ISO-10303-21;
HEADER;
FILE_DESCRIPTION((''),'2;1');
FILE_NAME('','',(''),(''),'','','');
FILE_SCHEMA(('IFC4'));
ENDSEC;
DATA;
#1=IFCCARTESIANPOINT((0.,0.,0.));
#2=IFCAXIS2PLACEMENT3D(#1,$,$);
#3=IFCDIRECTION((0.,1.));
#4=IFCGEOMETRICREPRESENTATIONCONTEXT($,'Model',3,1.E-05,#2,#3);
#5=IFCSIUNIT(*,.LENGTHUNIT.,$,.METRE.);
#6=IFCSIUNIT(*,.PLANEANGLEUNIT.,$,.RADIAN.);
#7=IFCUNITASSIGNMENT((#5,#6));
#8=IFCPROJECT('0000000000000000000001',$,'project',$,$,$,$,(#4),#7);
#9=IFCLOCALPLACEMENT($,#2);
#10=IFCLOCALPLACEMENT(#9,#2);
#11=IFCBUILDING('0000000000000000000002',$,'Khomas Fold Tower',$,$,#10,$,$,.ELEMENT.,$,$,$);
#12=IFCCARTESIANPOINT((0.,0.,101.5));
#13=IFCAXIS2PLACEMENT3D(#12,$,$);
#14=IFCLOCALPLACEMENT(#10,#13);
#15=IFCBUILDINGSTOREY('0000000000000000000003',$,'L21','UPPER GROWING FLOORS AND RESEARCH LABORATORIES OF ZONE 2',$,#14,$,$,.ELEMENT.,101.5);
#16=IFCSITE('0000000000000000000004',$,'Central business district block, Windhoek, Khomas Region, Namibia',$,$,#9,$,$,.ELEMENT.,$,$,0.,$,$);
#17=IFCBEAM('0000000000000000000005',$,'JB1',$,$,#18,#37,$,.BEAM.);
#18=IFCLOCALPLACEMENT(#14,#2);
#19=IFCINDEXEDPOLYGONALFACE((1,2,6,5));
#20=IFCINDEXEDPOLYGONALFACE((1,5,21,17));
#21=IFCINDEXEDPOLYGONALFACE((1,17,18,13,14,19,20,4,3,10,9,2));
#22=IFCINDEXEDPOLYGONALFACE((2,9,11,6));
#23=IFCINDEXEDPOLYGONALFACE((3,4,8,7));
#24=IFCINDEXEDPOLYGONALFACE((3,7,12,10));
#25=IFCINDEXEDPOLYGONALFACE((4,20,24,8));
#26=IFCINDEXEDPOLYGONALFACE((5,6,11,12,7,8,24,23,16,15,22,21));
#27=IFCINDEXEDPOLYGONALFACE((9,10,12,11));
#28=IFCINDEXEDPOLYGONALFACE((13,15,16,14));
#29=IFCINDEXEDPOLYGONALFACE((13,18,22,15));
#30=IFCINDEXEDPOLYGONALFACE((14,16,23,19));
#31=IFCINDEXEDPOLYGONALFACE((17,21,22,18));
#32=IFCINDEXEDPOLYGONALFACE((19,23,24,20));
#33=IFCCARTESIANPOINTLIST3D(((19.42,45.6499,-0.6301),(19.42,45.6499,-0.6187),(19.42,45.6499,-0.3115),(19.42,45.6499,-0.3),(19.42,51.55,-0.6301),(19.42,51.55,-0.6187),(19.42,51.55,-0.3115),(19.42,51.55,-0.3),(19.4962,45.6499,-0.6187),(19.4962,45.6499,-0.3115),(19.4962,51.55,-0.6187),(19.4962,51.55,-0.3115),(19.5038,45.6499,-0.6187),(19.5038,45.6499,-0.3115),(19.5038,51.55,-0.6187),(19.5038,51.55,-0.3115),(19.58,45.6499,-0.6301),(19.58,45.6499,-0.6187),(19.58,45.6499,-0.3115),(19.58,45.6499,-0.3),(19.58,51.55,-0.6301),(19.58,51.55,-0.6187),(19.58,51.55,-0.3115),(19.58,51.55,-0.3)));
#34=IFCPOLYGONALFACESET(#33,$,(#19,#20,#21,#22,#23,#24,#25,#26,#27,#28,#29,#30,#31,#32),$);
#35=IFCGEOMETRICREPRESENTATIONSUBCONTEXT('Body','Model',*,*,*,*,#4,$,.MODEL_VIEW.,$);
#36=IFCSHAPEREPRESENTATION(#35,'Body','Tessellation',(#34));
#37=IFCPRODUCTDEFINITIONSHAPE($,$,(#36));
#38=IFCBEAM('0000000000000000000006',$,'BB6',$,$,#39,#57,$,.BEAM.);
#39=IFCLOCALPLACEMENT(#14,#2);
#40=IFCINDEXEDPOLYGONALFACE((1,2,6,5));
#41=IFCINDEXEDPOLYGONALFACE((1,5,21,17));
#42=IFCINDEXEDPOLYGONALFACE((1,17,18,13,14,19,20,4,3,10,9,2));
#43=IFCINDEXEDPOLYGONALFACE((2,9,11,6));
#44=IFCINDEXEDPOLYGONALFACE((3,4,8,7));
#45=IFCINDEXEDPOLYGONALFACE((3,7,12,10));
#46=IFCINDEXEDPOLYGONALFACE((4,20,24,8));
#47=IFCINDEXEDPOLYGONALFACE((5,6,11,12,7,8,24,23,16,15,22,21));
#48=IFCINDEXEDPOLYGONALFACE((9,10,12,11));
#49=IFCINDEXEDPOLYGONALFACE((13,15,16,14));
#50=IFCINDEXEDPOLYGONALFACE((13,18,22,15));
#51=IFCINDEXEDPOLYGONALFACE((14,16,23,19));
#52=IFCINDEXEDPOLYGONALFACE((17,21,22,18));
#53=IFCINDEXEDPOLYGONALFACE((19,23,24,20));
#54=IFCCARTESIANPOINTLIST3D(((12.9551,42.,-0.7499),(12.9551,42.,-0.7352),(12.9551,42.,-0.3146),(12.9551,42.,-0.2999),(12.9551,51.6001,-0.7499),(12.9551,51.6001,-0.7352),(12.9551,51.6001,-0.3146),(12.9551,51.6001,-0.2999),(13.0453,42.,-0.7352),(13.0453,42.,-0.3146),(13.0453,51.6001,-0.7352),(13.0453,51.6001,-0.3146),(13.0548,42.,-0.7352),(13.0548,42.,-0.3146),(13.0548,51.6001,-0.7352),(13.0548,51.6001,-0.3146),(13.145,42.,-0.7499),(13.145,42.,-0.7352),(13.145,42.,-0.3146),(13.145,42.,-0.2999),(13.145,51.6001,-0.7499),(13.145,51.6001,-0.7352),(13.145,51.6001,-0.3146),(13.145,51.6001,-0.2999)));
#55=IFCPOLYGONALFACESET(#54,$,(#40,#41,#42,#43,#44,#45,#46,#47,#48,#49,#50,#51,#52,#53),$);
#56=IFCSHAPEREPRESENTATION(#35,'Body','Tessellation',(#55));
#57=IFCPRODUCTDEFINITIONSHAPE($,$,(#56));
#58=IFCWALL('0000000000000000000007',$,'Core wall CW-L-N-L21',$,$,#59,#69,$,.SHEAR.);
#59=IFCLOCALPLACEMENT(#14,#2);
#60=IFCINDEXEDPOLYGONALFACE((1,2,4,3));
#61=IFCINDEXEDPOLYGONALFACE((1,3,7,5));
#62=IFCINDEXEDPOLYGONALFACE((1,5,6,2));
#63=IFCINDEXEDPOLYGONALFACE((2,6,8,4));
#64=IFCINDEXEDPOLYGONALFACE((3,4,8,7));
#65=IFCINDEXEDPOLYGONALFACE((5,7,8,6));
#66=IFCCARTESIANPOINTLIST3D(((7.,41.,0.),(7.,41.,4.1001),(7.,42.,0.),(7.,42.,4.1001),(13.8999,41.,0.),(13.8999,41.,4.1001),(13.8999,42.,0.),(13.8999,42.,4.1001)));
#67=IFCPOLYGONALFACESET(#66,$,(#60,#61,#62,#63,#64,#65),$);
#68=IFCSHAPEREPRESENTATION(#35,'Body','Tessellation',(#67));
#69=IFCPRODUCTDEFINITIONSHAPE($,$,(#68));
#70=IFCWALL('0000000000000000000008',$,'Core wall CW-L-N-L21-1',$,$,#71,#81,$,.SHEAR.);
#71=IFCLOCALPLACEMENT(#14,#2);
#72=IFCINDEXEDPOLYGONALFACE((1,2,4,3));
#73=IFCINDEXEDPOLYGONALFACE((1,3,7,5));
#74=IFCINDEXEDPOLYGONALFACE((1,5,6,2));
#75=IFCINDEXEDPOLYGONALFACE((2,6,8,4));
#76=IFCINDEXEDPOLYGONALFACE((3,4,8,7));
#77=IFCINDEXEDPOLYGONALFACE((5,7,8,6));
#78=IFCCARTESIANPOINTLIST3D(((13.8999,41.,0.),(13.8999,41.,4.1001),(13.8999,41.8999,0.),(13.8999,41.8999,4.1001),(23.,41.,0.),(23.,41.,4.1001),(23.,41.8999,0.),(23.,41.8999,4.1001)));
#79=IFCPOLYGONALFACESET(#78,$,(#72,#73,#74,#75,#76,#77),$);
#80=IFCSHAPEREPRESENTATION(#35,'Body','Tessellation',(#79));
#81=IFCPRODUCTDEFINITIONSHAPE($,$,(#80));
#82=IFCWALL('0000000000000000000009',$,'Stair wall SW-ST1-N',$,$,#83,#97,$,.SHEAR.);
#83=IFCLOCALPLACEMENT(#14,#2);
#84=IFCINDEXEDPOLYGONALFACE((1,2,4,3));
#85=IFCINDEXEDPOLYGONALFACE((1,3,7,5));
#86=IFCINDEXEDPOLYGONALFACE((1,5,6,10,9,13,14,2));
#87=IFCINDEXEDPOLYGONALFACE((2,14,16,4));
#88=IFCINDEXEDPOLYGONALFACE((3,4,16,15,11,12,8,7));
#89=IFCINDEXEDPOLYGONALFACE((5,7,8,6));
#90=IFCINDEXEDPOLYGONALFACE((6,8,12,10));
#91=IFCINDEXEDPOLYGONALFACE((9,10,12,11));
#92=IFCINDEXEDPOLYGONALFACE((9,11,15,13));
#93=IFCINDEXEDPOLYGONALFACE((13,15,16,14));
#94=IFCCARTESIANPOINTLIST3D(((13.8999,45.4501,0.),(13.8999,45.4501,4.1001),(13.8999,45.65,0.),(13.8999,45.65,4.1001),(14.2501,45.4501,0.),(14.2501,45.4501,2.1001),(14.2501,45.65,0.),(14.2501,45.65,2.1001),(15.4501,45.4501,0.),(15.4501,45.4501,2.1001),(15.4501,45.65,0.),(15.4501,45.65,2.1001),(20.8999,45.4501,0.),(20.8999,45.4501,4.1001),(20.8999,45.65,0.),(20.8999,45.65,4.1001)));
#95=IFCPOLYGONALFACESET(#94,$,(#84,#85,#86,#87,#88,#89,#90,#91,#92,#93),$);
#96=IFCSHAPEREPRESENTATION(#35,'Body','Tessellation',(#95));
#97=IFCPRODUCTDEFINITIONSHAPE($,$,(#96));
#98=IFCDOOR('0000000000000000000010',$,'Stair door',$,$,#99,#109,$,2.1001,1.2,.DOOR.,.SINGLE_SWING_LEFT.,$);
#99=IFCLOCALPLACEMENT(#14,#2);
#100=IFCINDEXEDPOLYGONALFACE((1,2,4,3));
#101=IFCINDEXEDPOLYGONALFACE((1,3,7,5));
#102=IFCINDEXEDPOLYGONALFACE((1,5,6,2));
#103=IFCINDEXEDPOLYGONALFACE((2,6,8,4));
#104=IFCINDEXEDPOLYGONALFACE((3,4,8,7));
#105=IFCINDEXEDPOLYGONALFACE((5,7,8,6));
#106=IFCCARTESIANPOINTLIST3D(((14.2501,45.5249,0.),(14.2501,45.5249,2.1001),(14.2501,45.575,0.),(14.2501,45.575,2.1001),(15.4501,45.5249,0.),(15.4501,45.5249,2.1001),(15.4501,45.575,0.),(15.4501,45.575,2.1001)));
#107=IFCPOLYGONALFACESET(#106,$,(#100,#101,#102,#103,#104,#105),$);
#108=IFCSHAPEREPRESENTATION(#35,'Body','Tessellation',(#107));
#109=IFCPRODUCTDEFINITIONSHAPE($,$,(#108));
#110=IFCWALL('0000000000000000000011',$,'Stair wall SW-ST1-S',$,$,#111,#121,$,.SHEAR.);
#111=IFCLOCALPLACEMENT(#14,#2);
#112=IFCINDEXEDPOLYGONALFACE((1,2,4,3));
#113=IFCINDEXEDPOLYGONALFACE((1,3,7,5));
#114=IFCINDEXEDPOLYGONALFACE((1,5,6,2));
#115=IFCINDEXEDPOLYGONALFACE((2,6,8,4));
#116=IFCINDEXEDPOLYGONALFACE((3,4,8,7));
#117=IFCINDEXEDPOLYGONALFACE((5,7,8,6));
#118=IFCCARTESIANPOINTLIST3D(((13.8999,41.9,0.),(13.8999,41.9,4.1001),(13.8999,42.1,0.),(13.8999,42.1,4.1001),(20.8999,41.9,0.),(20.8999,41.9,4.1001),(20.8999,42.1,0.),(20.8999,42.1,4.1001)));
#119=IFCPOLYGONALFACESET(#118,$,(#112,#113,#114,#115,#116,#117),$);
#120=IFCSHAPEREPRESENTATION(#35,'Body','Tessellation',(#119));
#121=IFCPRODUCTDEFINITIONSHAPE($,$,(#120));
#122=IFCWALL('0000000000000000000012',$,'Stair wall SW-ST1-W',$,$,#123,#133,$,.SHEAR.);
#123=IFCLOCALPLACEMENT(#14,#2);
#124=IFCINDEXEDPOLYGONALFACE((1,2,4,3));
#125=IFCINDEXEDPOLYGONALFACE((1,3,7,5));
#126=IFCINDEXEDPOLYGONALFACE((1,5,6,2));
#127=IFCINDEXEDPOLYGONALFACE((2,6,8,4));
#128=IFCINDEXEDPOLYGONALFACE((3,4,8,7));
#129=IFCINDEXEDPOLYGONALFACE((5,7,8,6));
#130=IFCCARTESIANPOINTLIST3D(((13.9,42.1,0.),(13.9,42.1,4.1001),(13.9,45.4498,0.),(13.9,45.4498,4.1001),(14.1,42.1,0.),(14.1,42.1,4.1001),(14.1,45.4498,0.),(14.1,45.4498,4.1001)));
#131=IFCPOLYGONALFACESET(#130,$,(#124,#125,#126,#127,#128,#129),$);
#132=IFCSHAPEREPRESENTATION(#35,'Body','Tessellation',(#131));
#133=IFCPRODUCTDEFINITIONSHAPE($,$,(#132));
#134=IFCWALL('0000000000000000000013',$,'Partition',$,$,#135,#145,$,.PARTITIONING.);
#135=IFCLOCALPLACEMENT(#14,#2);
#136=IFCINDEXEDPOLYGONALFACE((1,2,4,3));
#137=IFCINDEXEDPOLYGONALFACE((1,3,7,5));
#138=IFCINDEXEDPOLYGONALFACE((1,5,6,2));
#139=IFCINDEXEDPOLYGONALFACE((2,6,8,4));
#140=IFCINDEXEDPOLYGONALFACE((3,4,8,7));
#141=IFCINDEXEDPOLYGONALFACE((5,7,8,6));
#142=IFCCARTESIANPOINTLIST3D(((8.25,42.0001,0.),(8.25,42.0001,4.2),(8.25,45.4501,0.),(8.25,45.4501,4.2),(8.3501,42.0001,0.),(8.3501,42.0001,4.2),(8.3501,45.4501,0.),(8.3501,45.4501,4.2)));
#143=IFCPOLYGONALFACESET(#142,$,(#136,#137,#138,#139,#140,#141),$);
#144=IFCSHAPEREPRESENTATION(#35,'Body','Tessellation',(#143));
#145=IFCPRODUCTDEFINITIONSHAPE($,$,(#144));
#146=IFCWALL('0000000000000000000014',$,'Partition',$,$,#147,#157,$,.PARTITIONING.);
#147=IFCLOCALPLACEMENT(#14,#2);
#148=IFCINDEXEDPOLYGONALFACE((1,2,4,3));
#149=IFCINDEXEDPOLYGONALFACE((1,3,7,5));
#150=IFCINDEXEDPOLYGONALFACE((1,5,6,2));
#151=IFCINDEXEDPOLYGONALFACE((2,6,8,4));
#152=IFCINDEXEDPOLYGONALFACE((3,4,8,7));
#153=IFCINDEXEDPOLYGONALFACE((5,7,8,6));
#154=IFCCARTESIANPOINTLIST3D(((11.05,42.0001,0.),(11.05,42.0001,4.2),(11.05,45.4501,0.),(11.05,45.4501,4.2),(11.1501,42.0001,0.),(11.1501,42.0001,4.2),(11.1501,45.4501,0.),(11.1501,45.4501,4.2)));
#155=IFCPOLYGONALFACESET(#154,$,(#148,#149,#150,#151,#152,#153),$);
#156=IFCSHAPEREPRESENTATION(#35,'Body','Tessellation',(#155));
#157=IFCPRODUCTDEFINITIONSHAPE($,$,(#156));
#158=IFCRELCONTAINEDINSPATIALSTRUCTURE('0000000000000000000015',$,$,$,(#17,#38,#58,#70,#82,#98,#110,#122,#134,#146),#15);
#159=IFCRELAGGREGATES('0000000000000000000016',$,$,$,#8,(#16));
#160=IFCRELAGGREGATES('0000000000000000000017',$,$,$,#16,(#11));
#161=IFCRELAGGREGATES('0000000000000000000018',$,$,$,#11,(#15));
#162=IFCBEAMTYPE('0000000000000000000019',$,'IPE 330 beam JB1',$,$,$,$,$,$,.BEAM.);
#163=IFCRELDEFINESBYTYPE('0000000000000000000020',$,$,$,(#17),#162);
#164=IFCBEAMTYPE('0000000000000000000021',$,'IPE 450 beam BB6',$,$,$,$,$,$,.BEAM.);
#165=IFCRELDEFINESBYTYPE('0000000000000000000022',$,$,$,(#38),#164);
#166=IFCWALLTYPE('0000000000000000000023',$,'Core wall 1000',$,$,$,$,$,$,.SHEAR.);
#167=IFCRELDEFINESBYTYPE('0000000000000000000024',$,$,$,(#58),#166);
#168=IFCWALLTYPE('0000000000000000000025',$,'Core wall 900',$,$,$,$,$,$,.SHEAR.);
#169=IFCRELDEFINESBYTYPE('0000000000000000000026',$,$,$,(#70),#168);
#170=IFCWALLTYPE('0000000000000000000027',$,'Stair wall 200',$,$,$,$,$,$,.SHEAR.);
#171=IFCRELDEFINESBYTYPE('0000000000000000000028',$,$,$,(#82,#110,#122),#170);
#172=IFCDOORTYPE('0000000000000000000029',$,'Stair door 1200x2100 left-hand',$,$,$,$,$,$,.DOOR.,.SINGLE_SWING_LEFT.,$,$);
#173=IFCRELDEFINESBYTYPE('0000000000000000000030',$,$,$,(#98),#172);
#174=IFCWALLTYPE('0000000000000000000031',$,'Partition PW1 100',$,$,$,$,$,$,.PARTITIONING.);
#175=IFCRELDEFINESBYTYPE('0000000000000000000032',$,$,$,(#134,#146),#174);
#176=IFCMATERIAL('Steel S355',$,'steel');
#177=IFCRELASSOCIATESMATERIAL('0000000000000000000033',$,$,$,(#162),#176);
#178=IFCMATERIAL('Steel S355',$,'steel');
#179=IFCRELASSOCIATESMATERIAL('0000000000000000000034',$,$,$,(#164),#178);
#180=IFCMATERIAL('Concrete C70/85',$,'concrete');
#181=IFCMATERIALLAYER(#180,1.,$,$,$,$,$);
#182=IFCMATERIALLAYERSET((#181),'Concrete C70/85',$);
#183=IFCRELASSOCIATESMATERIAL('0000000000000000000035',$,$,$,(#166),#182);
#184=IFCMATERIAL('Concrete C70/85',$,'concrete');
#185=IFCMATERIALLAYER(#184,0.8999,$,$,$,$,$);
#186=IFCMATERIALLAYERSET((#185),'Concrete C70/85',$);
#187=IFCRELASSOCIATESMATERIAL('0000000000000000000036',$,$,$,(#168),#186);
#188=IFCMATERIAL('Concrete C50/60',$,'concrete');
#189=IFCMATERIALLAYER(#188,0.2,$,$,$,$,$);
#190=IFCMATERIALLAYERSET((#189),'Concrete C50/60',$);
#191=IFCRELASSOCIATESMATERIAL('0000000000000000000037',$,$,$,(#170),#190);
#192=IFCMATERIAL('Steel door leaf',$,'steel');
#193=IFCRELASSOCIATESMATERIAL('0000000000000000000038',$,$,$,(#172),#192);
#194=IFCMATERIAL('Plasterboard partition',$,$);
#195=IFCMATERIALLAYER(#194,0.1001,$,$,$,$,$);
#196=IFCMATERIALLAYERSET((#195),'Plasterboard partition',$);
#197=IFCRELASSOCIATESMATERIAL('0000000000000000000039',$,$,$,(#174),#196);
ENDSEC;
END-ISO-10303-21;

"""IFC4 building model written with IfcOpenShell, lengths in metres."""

from ifc_helpers import new_model, si_unit, direction, frame, frame_2d, origin, origin_2d, place, context, subcontext, project, spatial, rectangle, i_section, extrude, source, transform, mapped, material, layer, layer_set, material_profile, profile_set, type_object, element, fill, save


model = new_model("IFC4")

# Units and contexts
model_context = context("Model", 3, precision=1e-05, world=origin(), true_north=direction((0.0, 1.0)))
body_context = subcontext(model_context, "Body", "Model", "MODEL_VIEW")
ifc_project = project(units=[si_unit("LENGTHUNIT", "METRE"), si_unit("PLANEANGLEUNIT", "RADIAN")], contexts=[model_context])

# Site, building, storey
site_placement = place(None, origin())
site = spatial("IfcSite", under=ifc_project, at=site_placement, Name="Central business district block, Windhoek, Khomas Region, Namibia", CompositionType="ELEMENT", RefElevation=0.0)
building_placement = place(site_placement, origin())
building = spatial("IfcBuilding", under=site, at=building_placement, Name="Khomas Fold Tower", CompositionType="ELEMENT")
storey_placement = place(building_placement, frame((0.0, 0.0, 101.5)))
storey = spatial("IfcBuildingStorey", under=building, at=storey_placement, Name="L21", Description="UPPER GROWING FLOORS AND RESEARCH LABORATORIES OF ZONE 2", CompositionType="ELEMENT", Elevation=101.5)

# Beams
ifc_material_1 = material(Name="Steel S355", Category="steel")
ifc_material_profile_1 = material_profile(ifc_material_1, i_section(OverallWidth=0.1599, OverallDepth=0.3301, WebThickness=0.0076, FlangeThickness=0.0115, at=origin_2d()), Name="IPE 330")
ifc_profile_set_1 = profile_set([ifc_material_profile_1], Name="Steel S355")
beam_type_1 = type_object("IfcBeamType", Name="IPE 330 beam JB1", PredefinedType="BEAM", material=ifc_profile_set_1)
shared_shape_1 = source(origin(), body_context, "Body", "SweptSolid", [
    extrude(i_section(OverallWidth=0.1599, OverallDepth=0.3301, WebThickness=0.0076, FlangeThickness=0.0115, at=origin_2d()), origin(), (0.0, 0.0, 1.0), 5.9001),
])
beam_1_placement = place(storey_placement, frame((19.5, 45.6499, -0.4651), z_axis=(0.0, 1.0, 0.0), x_axis=(-1.0, 0.0, 0.0)))
element("IfcBeam", 1, at=beam_1_placement, inside=storey, type_object=beam_type_1, Name="JB1", PredefinedType="BEAM", context=body_context, shape_type="MappedRepresentation", body=[
    mapped(shared_shape_1, transform((0.0, 0.0, 0.0))),
])
ifc_material_2 = material(Name="Steel S355", Category="steel")
ifc_material_profile_2 = material_profile(ifc_material_2, i_section(OverallWidth=0.1899, OverallDepth=0.45, WebThickness=0.0095, FlangeThickness=0.0146, at=origin_2d()), Name="IPE 450")
ifc_profile_set_2 = profile_set([ifc_material_profile_2], Name="Steel S355")
beam_type_2 = type_object("IfcBeamType", Name="IPE 450 beam BB6", PredefinedType="BEAM", material=ifc_profile_set_2)
shared_shape_2 = source(origin(), body_context, "Body", "SweptSolid", [
    extrude(i_section(OverallWidth=0.1899, OverallDepth=0.45, WebThickness=0.0095, FlangeThickness=0.0146, at=origin_2d()), origin(), (0.0, 0.0, 1.0), 9.6001),
])
beam_2_placement = place(storey_placement, frame((13.05, 42.0, -0.5249), z_axis=(0.0, 1.0, 0.0), x_axis=(-1.0, 0.0, 0.0)))
element("IfcBeam", 2, at=beam_2_placement, inside=storey, type_object=beam_type_2, Name="BB6", PredefinedType="BEAM", context=body_context, shape_type="MappedRepresentation", body=[
    mapped(shared_shape_2, transform((0.0, 0.0, 0.0))),
])

# Walls
ifc_material_3 = material(Name="Concrete C70/85", Category="concrete")
ifc_layer_1 = layer(ifc_material_3, 1.0)
ifc_layer_set_1 = layer_set([ifc_layer_1], Name="Concrete C70/85")
wall_type_1 = type_object("IfcWallType", Name="Core wall 1000", PredefinedType="SHEAR", material=ifc_layer_set_1)
shared_shape_3 = source(origin(), body_context, "Body", "SweptSolid", [
    extrude(rectangle(XDim=6.8999, YDim=1.0, at=frame_2d((3.45, 0.0))), origin(), (0.0, 0.0, 1.0), 4.1001),
])
wall_1_placement = place(storey_placement, frame((7.0, 41.5, 0.0), z_axis=(0.0, 0.0, 1.0), x_axis=(1.0, 0.0, 0.0)))
element("IfcWall", 3, at=wall_1_placement, inside=storey, type_object=wall_type_1, Name="Core wall CW-L-N-L21", PredefinedType="SHEAR", context=body_context, shape_type="MappedRepresentation", body=[
    mapped(shared_shape_3, transform((0.0, 0.0, 0.0))),
])
ifc_material_4 = material(Name="Concrete C70/85", Category="concrete")
ifc_layer_2 = layer(ifc_material_4, 0.8999)
ifc_layer_set_2 = layer_set([ifc_layer_2], Name="Concrete C70/85")
wall_type_2 = type_object("IfcWallType", Name="Core wall 900", PredefinedType="SHEAR", material=ifc_layer_set_2)
shared_shape_4 = source(origin(), body_context, "Body", "SweptSolid", [
    extrude(rectangle(XDim=9.1001, YDim=0.8999, at=frame_2d((4.55, 0.0))), origin(), (0.0, 0.0, 1.0), 4.1001),
])
wall_2_placement = place(storey_placement, frame((13.8999, 41.45, 0.0), z_axis=(0.0, 0.0, 1.0), x_axis=(1.0, 0.0, 0.0)))
element("IfcWall", 4, at=wall_2_placement, inside=storey, type_object=wall_type_2, Name="Core wall CW-L-N-L21-1", PredefinedType="SHEAR", context=body_context, shape_type="MappedRepresentation", body=[
    mapped(shared_shape_4, transform((0.0, 0.0, 0.0))),
])

# Wall, opening, door
ifc_material_5 = material(Name="Concrete C50/60", Category="concrete")
ifc_layer_3 = layer(ifc_material_5, 0.2)
ifc_layer_set_3 = layer_set([ifc_layer_3], Name="Concrete C50/60")
wall_type_3 = type_object("IfcWallType", Name="Stair wall 200", PredefinedType="SHEAR", material=ifc_layer_set_3)
shared_shape_5 = source(origin(), body_context, "Body", "SweptSolid", [
    extrude(rectangle(XDim=7.0, YDim=0.2, at=frame_2d((3.5, 0.0))), origin(), (0.0, 0.0, 1.0), 4.1001),
])
wall_3_placement = place(storey_placement, frame((13.8999, 45.55, 0.0), z_axis=(0.0, 0.0, 1.0), x_axis=(1.0, 0.0, 0.0)))
wall_3 = element("IfcWall", 5, at=wall_3_placement, inside=storey, type_object=wall_type_3, Name="Stair wall SW-ST1-N", PredefinedType="SHEAR", context=body_context, shape_type="MappedRepresentation", body=[
    mapped(shared_shape_5, transform((0.0, 0.0, 0.0))),
])
shared_shape_6 = source(origin(), body_context, "Body", "SweptSolid", [
    extrude(rectangle(XDim=1.2, YDim=2.1001, at=frame_2d((0.6001, 1.05))), frame((0.0, 0.1099, 0.0), z_axis=(0.0, -1.0, 0.0), x_axis=(1.0, 0.0, 0.0)), (0.0, 0.0, 1.0), 0.22),
])
opening_placement = place(wall_3_placement, frame((0.3501, 0.0, 0.0)))
opening = element("IfcOpeningElement", 6, at=opening_placement, cuts=wall_3, PredefinedType="OPENING", context=body_context, shape_type="MappedRepresentation", body=[
    mapped(shared_shape_6, transform((0.0, 0.0, 0.0))),
])
ifc_material_6 = material(Name="Steel door leaf", Category="steel")
door_type = type_object("IfcDoorType", Name="Stair door 1200x2100 left-hand", OperationType="SINGLE_SWING_LEFT", PredefinedType="DOOR", material=ifc_material_6)
shared_shape_7 = source(origin(), body_context, "Body", "SweptSolid", [
    extrude(rectangle(XDim=1.2, YDim=2.1001, at=frame_2d((0.6001, 1.05))), frame((0.0, 0.0249, 0.0), z_axis=(0.0, -1.0, 0.0), x_axis=(1.0, 0.0, 0.0)), (0.0, 0.0, 1.0), 0.05),
])
door_placement = place(opening_placement, origin())
door = element("IfcDoor", 7, at=door_placement, inside=storey, type_object=door_type, Name="Stair door", OperationType="SINGLE_SWING_LEFT", OverallHeight=2.1001, OverallWidth=1.2, PredefinedType="DOOR", context=body_context, shape_type="MappedRepresentation", body=[
    mapped(shared_shape_7, transform((0.0, 0.0, 0.0))),
])
fill(opening, door)

# Walls
wall_4_placement = place(storey_placement, frame((13.8999, 42.0, 0.0), z_axis=(0.0, 0.0, 1.0), x_axis=(1.0, 0.0, 0.0)))
element("IfcWall", 8, at=wall_4_placement, inside=storey, type_object=wall_type_3, Name="Stair wall SW-ST1-S", PredefinedType="SHEAR", context=body_context, shape_type="MappedRepresentation", body=[
    mapped(shared_shape_5, transform((0.0, 0.0, 0.0))),
])
shared_shape_8 = source(origin(), body_context, "Body", "SweptSolid", [
    extrude(rectangle(XDim=3.3499, YDim=0.2, at=frame_2d((1.6748, 0.0))), origin(), (0.0, 0.0, 1.0), 4.1001),
])
wall_5_placement = place(storey_placement, frame((14.0, 42.1001, 0.0), z_axis=(0.0, 0.0, 1.0), x_axis=(0.0, 1.0, 0.0)))
element("IfcWall", 9, at=wall_5_placement, inside=storey, type_object=wall_type_3, Name="Stair wall SW-ST1-W", PredefinedType="SHEAR", context=body_context, shape_type="MappedRepresentation", body=[
    mapped(shared_shape_8, transform((0.0, 0.0, 0.0))),
])
ifc_material_7 = material(Name="Plasterboard partition")
ifc_layer_4 = layer(ifc_material_7, 0.1001)
ifc_layer_set_4 = layer_set([ifc_layer_4], Name="Plasterboard partition")
wall_type_4 = type_object("IfcWallType", Name="Partition PW1 100", PredefinedType="PARTITIONING", material=ifc_layer_set_4)
shared_shape_9 = source(origin(), body_context, "Body", "SweptSolid", [
    extrude(rectangle(XDim=3.45, YDim=0.1001, at=frame_2d((1.7251, 0.0))), origin(), (0.0, 0.0, 1.0), 4.2),
])
for number, where, z_axis, x_axis, name in (
    (10, (8.3, 42.0, 0.0), (0.0, 0.0, 1.0), (0.0, 1.0, 0.0), "Partition"),
    (11, (11.1001, 42.0, 0.0), (0.0, 0.0, 1.0), (0.0, 1.0, 0.0), "Partition"),
):
    element("IfcWall", number, at=place(storey_placement, frame(where, z_axis=z_axis, x_axis=x_axis)), inside=storey, type_object=wall_type_4, Name=name, PredefinedType="PARTITIONING", context=body_context, shape_type="MappedRepresentation", body=[
        mapped(shared_shape_9, transform((0.0, 0.0, 0.0))),
    ])

save(model, "model.ifc")
